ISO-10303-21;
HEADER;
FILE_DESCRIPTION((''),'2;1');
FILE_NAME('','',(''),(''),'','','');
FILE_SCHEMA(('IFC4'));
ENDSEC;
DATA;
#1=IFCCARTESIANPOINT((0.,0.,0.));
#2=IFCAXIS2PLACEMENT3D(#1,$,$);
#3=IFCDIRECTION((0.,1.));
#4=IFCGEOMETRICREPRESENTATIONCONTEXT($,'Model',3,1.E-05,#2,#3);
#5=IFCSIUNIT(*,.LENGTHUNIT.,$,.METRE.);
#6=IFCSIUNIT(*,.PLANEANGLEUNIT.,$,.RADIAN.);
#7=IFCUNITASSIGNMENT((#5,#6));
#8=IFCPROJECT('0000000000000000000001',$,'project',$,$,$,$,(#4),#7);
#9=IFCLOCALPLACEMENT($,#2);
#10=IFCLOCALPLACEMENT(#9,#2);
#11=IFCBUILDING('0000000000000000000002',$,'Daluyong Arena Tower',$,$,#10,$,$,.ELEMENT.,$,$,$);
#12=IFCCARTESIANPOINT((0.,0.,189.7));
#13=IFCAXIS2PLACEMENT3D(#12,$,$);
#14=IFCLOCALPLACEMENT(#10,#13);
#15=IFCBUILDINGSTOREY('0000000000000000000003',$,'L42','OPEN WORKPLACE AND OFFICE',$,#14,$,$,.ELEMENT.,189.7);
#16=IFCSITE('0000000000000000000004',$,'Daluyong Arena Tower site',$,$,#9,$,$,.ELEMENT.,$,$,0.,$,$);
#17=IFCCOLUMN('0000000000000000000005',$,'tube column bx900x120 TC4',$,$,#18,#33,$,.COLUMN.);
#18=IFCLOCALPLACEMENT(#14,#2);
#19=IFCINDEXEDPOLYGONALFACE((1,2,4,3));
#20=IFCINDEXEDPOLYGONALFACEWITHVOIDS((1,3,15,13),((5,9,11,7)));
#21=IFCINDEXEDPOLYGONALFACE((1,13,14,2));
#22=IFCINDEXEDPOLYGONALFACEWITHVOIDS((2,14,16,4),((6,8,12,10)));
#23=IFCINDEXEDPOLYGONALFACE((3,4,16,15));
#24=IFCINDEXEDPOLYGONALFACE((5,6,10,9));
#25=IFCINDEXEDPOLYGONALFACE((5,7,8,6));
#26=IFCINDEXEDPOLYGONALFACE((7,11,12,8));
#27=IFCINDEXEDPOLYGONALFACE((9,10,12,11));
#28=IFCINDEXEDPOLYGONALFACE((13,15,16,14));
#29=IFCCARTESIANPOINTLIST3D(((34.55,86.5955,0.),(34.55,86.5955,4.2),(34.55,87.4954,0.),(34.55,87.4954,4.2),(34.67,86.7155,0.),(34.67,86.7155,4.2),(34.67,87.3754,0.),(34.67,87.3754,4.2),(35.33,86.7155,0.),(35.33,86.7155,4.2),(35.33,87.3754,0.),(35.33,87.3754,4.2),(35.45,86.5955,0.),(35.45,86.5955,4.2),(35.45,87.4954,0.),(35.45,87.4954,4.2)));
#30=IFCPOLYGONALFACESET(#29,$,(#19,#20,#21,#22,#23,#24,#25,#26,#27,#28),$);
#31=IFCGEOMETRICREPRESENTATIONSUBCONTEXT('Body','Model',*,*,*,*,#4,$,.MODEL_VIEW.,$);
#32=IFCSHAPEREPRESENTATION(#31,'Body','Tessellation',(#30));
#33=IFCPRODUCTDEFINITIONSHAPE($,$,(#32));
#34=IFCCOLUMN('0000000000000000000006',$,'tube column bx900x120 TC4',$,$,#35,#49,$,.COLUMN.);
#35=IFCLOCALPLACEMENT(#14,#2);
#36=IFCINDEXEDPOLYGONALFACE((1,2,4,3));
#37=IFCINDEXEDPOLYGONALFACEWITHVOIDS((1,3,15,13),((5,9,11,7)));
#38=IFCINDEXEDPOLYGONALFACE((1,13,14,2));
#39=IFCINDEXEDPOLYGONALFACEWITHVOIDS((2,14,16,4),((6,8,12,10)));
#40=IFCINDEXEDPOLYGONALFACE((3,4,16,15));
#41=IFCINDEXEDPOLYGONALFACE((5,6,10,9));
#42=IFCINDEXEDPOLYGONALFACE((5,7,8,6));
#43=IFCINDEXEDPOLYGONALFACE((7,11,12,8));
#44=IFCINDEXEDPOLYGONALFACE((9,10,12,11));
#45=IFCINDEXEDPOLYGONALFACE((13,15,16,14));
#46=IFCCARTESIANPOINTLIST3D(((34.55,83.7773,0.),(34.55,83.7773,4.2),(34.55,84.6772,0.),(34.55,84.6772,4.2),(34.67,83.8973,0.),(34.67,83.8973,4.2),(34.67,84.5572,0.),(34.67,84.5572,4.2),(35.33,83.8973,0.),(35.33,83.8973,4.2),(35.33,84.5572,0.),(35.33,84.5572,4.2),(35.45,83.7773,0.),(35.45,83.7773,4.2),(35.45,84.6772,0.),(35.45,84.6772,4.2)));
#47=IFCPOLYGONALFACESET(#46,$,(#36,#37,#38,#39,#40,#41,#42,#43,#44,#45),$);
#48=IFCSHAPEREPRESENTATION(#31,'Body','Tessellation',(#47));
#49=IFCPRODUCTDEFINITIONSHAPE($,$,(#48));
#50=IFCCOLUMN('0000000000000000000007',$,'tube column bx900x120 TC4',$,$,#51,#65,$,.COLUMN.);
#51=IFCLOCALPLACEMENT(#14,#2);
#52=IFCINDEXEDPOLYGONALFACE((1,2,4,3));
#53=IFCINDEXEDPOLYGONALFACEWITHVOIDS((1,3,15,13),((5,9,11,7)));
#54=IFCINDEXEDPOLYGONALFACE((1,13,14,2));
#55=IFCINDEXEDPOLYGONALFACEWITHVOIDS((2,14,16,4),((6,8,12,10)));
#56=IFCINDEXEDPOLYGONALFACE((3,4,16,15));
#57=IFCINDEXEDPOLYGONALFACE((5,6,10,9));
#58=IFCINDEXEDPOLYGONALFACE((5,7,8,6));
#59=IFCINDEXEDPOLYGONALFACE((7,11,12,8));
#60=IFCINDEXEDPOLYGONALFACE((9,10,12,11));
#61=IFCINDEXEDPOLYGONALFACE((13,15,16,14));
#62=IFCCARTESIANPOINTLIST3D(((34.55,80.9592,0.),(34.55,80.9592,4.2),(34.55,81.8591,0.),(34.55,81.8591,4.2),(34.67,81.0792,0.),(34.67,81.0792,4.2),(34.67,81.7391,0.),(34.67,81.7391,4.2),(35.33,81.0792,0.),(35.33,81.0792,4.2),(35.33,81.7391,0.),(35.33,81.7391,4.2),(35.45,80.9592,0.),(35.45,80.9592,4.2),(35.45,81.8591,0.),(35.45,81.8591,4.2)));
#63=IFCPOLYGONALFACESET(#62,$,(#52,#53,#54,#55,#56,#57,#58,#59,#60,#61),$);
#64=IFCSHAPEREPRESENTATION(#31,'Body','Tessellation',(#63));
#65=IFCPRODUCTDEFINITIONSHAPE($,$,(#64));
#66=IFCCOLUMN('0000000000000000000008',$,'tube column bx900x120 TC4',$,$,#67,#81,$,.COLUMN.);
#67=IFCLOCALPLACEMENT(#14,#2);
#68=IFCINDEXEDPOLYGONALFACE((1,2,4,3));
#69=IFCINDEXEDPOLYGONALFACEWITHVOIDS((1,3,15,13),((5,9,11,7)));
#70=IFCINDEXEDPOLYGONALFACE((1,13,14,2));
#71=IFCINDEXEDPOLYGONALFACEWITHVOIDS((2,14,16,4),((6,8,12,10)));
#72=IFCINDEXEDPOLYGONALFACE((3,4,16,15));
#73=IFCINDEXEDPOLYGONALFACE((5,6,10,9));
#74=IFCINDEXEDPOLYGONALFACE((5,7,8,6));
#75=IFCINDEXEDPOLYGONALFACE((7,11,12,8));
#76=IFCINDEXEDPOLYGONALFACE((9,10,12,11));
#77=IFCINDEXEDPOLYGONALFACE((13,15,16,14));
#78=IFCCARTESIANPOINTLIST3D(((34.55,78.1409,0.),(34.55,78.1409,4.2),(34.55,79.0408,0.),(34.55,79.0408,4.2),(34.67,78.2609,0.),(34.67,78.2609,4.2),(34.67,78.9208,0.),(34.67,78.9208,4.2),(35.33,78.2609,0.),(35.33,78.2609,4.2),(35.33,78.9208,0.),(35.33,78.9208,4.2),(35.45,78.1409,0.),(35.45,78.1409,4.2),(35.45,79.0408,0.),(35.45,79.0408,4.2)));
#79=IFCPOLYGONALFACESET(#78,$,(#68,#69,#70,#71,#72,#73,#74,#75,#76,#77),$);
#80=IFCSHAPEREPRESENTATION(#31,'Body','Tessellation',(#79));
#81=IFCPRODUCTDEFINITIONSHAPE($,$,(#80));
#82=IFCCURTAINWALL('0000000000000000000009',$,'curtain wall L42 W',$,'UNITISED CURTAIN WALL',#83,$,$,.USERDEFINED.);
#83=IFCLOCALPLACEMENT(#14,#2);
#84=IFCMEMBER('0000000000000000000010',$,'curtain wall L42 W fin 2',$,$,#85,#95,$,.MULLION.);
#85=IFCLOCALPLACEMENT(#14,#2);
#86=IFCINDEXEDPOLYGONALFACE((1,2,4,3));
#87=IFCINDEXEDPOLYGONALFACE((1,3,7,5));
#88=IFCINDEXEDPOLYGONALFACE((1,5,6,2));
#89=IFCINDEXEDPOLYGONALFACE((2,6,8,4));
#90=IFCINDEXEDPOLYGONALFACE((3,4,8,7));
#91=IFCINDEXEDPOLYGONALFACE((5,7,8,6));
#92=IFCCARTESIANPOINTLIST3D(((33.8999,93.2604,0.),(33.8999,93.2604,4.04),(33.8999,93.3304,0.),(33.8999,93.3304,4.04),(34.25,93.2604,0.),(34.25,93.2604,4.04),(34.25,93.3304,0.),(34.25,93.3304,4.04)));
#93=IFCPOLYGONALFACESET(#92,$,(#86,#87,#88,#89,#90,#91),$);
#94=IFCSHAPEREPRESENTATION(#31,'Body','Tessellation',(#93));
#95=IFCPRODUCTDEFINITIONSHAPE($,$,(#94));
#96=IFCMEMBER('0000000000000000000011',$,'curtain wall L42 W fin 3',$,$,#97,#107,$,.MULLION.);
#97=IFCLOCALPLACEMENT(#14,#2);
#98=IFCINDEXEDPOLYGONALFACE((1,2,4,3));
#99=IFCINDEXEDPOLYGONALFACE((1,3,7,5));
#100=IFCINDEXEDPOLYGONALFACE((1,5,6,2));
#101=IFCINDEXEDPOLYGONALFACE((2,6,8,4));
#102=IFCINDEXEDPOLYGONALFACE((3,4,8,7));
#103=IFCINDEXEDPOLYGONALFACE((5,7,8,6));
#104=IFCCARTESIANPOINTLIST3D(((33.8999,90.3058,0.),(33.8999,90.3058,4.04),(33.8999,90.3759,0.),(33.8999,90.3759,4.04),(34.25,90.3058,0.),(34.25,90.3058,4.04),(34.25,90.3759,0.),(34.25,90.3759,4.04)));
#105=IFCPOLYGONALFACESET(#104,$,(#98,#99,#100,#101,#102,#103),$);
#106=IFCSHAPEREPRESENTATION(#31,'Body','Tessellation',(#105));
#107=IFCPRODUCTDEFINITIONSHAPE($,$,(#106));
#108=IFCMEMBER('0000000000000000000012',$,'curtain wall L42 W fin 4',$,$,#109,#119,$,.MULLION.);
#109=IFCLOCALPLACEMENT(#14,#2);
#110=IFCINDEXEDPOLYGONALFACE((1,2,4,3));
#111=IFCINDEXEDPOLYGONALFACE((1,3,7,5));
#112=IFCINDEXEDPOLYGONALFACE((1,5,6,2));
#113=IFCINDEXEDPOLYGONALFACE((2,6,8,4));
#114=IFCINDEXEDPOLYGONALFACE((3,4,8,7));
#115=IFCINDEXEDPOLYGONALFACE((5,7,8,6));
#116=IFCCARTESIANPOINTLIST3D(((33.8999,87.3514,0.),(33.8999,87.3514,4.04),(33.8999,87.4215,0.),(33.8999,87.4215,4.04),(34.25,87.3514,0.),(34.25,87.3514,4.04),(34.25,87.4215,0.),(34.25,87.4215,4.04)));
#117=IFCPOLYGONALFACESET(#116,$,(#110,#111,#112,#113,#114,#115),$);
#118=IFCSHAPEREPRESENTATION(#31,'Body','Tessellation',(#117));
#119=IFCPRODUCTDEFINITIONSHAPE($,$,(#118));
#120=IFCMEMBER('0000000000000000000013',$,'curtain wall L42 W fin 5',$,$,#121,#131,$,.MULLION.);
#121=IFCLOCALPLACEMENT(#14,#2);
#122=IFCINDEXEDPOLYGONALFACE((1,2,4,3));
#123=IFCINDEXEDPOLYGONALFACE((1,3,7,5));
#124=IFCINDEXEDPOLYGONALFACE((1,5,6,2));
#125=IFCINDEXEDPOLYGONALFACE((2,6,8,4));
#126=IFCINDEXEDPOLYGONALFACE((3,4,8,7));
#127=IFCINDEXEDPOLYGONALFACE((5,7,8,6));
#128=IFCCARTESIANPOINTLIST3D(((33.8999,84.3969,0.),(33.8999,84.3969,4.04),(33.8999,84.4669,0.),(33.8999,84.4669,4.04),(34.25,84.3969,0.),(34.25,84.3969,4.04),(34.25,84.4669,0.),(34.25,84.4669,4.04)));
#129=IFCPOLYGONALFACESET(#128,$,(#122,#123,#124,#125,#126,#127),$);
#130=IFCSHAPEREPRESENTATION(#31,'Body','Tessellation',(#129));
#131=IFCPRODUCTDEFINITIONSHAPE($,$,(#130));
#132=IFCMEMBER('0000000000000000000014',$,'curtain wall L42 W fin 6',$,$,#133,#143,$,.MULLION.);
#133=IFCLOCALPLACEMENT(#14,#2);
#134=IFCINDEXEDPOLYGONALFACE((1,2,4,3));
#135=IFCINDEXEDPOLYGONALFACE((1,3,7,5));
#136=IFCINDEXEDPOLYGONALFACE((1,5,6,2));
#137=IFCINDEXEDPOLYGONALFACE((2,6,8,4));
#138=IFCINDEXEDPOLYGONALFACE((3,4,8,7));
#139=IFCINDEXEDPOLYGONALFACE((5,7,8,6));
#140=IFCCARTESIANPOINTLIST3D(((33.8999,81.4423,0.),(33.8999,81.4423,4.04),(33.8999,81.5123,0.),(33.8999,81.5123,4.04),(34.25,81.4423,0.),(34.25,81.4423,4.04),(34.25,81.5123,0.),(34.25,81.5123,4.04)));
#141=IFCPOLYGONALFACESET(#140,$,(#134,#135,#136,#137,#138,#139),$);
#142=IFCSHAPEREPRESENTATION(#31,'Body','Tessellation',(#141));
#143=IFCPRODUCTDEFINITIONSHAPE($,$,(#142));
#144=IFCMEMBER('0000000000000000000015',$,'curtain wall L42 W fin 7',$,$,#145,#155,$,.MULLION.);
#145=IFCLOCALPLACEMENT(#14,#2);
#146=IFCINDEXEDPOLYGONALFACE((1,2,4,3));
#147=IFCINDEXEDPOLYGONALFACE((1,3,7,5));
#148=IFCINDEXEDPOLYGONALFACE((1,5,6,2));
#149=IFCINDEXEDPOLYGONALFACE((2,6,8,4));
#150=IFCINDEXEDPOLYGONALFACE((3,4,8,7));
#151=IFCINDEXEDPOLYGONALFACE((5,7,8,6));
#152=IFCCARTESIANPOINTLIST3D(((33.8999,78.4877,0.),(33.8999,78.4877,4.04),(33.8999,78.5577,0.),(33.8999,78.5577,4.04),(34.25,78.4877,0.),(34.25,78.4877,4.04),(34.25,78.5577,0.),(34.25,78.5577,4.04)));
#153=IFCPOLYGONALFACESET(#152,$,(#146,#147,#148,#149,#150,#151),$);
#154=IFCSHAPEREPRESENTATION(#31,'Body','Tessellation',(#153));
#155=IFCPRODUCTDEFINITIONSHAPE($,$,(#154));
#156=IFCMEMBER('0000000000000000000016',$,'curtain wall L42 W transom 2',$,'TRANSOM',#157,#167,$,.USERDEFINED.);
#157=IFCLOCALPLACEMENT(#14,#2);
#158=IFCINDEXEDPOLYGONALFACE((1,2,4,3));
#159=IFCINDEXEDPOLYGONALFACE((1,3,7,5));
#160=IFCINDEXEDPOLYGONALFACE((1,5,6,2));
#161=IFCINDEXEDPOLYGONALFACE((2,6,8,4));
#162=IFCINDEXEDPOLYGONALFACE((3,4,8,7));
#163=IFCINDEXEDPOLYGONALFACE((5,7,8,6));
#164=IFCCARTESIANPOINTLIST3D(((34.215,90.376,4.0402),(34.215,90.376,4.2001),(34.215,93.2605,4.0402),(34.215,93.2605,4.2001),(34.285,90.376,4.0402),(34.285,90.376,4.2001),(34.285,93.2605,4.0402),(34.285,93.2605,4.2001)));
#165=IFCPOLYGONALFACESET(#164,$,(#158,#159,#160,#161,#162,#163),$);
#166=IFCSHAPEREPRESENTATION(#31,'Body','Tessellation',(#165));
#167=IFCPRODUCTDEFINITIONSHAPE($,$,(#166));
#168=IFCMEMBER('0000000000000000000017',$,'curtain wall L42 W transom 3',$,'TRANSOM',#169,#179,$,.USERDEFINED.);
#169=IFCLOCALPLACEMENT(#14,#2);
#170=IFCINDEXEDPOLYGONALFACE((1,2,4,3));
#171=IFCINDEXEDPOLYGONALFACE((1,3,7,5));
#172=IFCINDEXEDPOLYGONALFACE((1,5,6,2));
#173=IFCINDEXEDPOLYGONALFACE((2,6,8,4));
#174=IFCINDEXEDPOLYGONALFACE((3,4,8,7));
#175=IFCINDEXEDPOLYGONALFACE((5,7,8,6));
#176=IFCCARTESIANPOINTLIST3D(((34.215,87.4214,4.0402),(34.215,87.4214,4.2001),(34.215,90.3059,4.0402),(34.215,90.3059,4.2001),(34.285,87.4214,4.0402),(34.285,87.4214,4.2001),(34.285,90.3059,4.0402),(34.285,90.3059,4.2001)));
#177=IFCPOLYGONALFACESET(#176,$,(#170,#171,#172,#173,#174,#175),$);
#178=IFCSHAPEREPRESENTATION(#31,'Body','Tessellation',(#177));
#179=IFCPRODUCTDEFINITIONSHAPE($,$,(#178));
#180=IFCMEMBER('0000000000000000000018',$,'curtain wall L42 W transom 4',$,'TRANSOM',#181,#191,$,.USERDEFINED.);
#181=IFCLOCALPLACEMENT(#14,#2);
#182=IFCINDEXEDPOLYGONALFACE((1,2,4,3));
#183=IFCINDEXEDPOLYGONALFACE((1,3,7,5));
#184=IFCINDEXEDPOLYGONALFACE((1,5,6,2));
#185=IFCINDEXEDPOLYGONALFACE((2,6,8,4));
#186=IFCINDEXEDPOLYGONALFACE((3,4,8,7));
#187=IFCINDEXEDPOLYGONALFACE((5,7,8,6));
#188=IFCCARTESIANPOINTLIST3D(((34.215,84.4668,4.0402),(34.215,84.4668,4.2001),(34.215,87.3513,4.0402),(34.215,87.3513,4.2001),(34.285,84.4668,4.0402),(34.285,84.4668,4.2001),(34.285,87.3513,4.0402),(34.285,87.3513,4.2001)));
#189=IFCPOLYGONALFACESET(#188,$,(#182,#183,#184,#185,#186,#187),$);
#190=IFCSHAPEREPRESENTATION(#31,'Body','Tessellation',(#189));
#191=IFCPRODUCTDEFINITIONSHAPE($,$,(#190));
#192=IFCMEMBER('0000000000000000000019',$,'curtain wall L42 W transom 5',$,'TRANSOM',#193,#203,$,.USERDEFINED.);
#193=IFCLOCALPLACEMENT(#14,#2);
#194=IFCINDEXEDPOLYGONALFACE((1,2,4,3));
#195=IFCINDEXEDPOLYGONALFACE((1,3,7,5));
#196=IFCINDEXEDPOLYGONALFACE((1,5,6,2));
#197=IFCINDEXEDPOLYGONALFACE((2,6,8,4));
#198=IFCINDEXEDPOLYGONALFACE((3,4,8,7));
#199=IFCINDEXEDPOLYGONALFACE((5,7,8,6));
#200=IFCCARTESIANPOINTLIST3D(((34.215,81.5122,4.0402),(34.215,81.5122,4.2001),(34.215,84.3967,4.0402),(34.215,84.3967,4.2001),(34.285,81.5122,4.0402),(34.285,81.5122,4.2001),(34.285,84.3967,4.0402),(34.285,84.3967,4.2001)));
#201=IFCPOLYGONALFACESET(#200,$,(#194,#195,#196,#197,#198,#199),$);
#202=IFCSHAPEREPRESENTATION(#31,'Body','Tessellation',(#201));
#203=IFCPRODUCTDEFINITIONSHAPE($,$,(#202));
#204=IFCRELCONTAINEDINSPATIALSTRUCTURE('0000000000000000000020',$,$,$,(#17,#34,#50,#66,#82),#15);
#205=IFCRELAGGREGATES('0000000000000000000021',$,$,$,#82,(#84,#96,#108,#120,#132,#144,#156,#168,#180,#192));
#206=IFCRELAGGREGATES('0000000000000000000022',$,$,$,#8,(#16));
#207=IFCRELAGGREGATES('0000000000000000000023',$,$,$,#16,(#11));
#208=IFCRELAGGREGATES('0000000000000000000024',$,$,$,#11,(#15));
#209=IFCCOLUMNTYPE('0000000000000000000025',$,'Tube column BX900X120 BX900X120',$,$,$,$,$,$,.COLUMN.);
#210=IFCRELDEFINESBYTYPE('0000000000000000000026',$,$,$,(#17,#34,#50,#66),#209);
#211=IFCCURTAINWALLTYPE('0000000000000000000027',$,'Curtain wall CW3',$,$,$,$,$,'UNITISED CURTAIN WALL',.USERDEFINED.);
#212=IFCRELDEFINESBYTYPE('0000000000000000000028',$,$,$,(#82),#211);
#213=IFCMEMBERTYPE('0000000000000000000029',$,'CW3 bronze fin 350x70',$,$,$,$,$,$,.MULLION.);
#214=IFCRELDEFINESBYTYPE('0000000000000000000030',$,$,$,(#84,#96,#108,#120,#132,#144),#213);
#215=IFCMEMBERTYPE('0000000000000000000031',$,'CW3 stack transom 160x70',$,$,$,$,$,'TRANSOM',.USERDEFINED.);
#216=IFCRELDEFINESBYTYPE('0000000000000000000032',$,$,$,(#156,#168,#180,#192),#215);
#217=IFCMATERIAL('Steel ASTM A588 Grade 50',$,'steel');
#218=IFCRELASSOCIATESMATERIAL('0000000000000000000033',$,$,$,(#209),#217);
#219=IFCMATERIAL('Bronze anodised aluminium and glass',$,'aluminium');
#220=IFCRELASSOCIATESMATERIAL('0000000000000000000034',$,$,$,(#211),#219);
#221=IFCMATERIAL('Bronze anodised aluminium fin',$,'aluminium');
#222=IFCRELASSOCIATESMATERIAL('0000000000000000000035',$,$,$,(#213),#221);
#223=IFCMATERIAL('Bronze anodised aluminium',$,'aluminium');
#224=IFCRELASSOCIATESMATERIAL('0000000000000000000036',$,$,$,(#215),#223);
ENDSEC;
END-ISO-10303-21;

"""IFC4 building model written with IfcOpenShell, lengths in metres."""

from ifc_helpers import new_model, si_unit, direction, frame, origin, origin_2d, place, context, subcontext, project, spatial, rectangle, hollow_rectangle, extrude, material, material_profile, profile_set, type_object, element, aggregate, save


model = new_model("IFC4")

# Units and contexts
model_context = context("Model", 3, precision=1e-05, world=origin(), true_north=direction((0.0, 1.0)))
body_context = subcontext(model_context, "Body", "Model", "MODEL_VIEW")
ifc_project = project(units=[si_unit("LENGTHUNIT", "METRE"), si_unit("PLANEANGLEUNIT", "RADIAN")], contexts=[model_context])

# Site, building, storey
site_placement = place(None, origin())
site = spatial("IfcSite", under=ifc_project, at=site_placement, Name="Daluyong Arena Tower site", CompositionType="ELEMENT", RefElevation=0.0)
building_placement = place(site_placement, origin())
building = spatial("IfcBuilding", under=site, at=building_placement, Name="Daluyong Arena Tower", CompositionType="ELEMENT")
storey_placement = place(building_placement, frame((0.0, 0.0, 189.7)))
storey = spatial("IfcBuildingStorey", under=building, at=storey_placement, Name="L42", Description="OPEN WORKPLACE AND OFFICE", CompositionType="ELEMENT", Elevation=189.7)

# Columns
ifc_material_1 = material(Name="Steel ASTM A588 Grade 50", Category="steel")
ifc_material_profile_1 = material_profile(ifc_material_1, hollow_rectangle(XDim=0.8999, YDim=0.8999, WallThickness=0.12, at=origin_2d()))
ifc_profile_set_1 = profile_set([ifc_material_profile_1], Name="Steel ASTM A588 Grade 50")
column_type = type_object("IfcColumnType", Name="Tube column BX900X120 BX900X120", PredefinedType="COLUMN", material=ifc_profile_set_1)
for number, where, z_axis, x_axis, name in (
    (1, (35.0, 87.0454, 0.0), (0.0, 0.0, 1.0), (0.0, 1.0, 0.0), "tube column bx900x120 TC4"),
    (2, (35.0, 84.2273, 0.0), (0.0, 0.0, 1.0), (0.0, 1.0, 0.0), "tube column bx900x120 TC4"),
    (3, (35.0, 81.4092, 0.0), (0.0, 0.0, 1.0), (0.0, 1.0, 0.0), "tube column bx900x120 TC4"),
    (4, (35.0, 78.5908, 0.0), (0.0, 0.0, 1.0), (0.0, 1.0, 0.0), "tube column bx900x120 TC4"),
):
    element("IfcColumn", number, at=place(storey_placement, frame(where, z_axis=z_axis, x_axis=x_axis)), inside=storey, type_object=column_type, Name=name, PredefinedType="COLUMN", context=body_context, shape_type="SweptSolid", body=[
        extrude(hollow_rectangle(XDim=0.8999, YDim=0.8999, WallThickness=0.12, at=origin_2d()), origin(), (0.0, 0.0, 1.0), 4.2),
    ])

# Curtain wall, members
ifc_material_2 = material(Name="Bronze anodised aluminium and glass", Category="aluminium")
curtain_wall_type = type_object("IfcCurtainWallType", Name="Curtain wall CW3", ElementType="UNITISED CURTAIN WALL", PredefinedType="USERDEFINED", material=ifc_material_2)
curtain_wall_placement = place(storey_placement, origin())
curtain_wall = element("IfcCurtainWall", 5, at=curtain_wall_placement, inside=storey, type_object=curtain_wall_type, Name="curtain wall L42 W", ObjectType="UNITISED CURTAIN WALL", PredefinedType="USERDEFINED")
ifc_material_3 = material(Name="Bronze anodised aluminium fin", Category="aluminium")
ifc_material_profile_2 = material_profile(ifc_material_3, rectangle(XDim=0.3501, YDim=0.0701, at=origin_2d()))
ifc_profile_set_2 = profile_set([ifc_material_profile_2], Name="Bronze anodised aluminium fin")
member_type_1 = type_object("IfcMemberType", Name="CW3 bronze fin 350x70", PredefinedType="MULLION", material=ifc_profile_set_2)
member_1_placement = place(storey_placement, frame((34.075, 93.2954, 0.0), z_axis=(0.0, 0.0, 1.0), x_axis=(1.0, 0.0, 0.0)))
member_1 = element("IfcMember", 6, at=member_1_placement, type_object=member_type_1, Name="curtain wall L42 W fin 2", PredefinedType="MULLION", context=body_context, shape_type="SweptSolid", body=[
    extrude(rectangle(XDim=0.3501, YDim=0.0701, at=origin_2d()), origin(), (0.0, 0.0, 1.0), 4.04),
])
member_2_placement = place(storey_placement, frame((34.075, 90.3408, 0.0), z_axis=(0.0, 0.0, 1.0), x_axis=(1.0, 0.0, 0.0)))
member_2 = element("IfcMember", 7, at=member_2_placement, type_object=member_type_1, Name="curtain wall L42 W fin 3", PredefinedType="MULLION", context=body_context, shape_type="SweptSolid", body=[
    extrude(rectangle(XDim=0.3501, YDim=0.0701, at=origin_2d()), origin(), (0.0, 0.0, 1.0), 4.04),
])
member_3_placement = place(storey_placement, frame((34.075, 87.3865, 0.0), z_axis=(0.0, 0.0, 1.0), x_axis=(1.0, 0.0, 0.0)))
member_3 = element("IfcMember", 8, at=member_3_placement, type_object=member_type_1, Name="curtain wall L42 W fin 4", PredefinedType="MULLION", context=body_context, shape_type="SweptSolid", body=[
    extrude(rectangle(XDim=0.3501, YDim=0.0701, at=origin_2d()), origin(), (0.0, 0.0, 1.0), 4.04),
])
member_4_placement = place(storey_placement, frame((34.075, 84.4319, 0.0), z_axis=(0.0, 0.0, 1.0), x_axis=(1.0, 0.0, 0.0)))
member_4 = element("IfcMember", 9, at=member_4_placement, type_object=member_type_1, Name="curtain wall L42 W fin 5", PredefinedType="MULLION", context=body_context, shape_type="SweptSolid", body=[
    extrude(rectangle(XDim=0.3501, YDim=0.0701, at=origin_2d()), origin(), (0.0, 0.0, 1.0), 4.04),
])
member_5_placement = place(storey_placement, frame((34.075, 81.4773, 0.0), z_axis=(0.0, 0.0, 1.0), x_axis=(1.0, 0.0, 0.0)))
member_5 = element("IfcMember", 10, at=member_5_placement, type_object=member_type_1, Name="curtain wall L42 W fin 6", PredefinedType="MULLION", context=body_context, shape_type="SweptSolid", body=[
    extrude(rectangle(XDim=0.3501, YDim=0.0701, at=origin_2d()), origin(), (0.0, 0.0, 1.0), 4.04),
])
member_6_placement = place(storey_placement, frame((34.075, 78.5227, 0.0), z_axis=(0.0, 0.0, 1.0), x_axis=(1.0, 0.0, 0.0)))
member_6 = element("IfcMember", 11, at=member_6_placement, type_object=member_type_1, Name="curtain wall L42 W fin 7", PredefinedType="MULLION", context=body_context, shape_type="SweptSolid", body=[
    extrude(rectangle(XDim=0.3501, YDim=0.0701, at=origin_2d()), origin(), (0.0, 0.0, 1.0), 4.04),
])
ifc_material_4 = material(Name="Bronze anodised aluminium", Category="aluminium")
ifc_material_profile_3 = material_profile(ifc_material_4, rectangle(XDim=0.0701, YDim=0.1599, at=origin_2d()))
ifc_profile_set_3 = profile_set([ifc_material_profile_3], Name="Bronze anodised aluminium")
member_type_2 = type_object("IfcMemberType", Name="CW3 stack transom 160x70", ElementType="TRANSOM", PredefinedType="USERDEFINED", material=ifc_profile_set_3)
member_7_placement = place(storey_placement, frame((34.25, 93.2605, 4.1201), z_axis=(0.0, -1.0, 0.0), x_axis=(1.0, 0.0, 0.0)))
member_7 = element("IfcMember", 12, at=member_7_placement, type_object=member_type_2, Name="curtain wall L42 W transom 2", ObjectType="TRANSOM", PredefinedType="USERDEFINED", context=body_context, shape_type="SweptSolid", body=[
    extrude(rectangle(XDim=0.0701, YDim=0.1599, at=origin_2d()), origin(), (0.0, 0.0, 1.0), 2.8845),
])
member_8_placement = place(storey_placement, frame((34.25, 90.3059, 4.1201), z_axis=(0.0, -1.0, 0.0), x_axis=(1.0, 0.0, 0.0)))
member_8 = element("IfcMember", 13, at=member_8_placement, type_object=member_type_2, Name="curtain wall L42 W transom 3", ObjectType="TRANSOM", PredefinedType="USERDEFINED", context=body_context, shape_type="SweptSolid", body=[
    extrude(rectangle(XDim=0.0701, YDim=0.1599, at=origin_2d()), origin(), (0.0, 0.0, 1.0), 2.8845),
])
member_9_placement = place(storey_placement, frame((34.25, 87.3513, 4.1201), z_axis=(0.0, -1.0, 0.0), x_axis=(1.0, 0.0, 0.0)))
member_9 = element("IfcMember", 14, at=member_9_placement, type_object=member_type_2, Name="curtain wall L42 W transom 4", ObjectType="TRANSOM", PredefinedType="USERDEFINED", context=body_context, shape_type="SweptSolid", body=[
    extrude(rectangle(XDim=0.0701, YDim=0.1599, at=origin_2d()), origin(), (0.0, 0.0, 1.0), 2.8845),
])
member_10_placement = place(storey_placement, frame((34.25, 84.3967, 4.1201), z_axis=(0.0, -1.0, 0.0), x_axis=(1.0, 0.0, 0.0)))
member_10 = element("IfcMember", 15, at=member_10_placement, type_object=member_type_2, Name="curtain wall L42 W transom 5", ObjectType="TRANSOM", PredefinedType="USERDEFINED", context=body_context, shape_type="SweptSolid", body=[
    extrude(rectangle(XDim=0.0701, YDim=0.1599, at=origin_2d()), origin(), (0.0, 0.0, 1.0), 2.8845),
])

aggregate(curtain_wall, [member_1, member_2, member_3, member_4, member_5, member_6, member_7, member_8, member_9, member_10])

save(model, "model.ifc")
